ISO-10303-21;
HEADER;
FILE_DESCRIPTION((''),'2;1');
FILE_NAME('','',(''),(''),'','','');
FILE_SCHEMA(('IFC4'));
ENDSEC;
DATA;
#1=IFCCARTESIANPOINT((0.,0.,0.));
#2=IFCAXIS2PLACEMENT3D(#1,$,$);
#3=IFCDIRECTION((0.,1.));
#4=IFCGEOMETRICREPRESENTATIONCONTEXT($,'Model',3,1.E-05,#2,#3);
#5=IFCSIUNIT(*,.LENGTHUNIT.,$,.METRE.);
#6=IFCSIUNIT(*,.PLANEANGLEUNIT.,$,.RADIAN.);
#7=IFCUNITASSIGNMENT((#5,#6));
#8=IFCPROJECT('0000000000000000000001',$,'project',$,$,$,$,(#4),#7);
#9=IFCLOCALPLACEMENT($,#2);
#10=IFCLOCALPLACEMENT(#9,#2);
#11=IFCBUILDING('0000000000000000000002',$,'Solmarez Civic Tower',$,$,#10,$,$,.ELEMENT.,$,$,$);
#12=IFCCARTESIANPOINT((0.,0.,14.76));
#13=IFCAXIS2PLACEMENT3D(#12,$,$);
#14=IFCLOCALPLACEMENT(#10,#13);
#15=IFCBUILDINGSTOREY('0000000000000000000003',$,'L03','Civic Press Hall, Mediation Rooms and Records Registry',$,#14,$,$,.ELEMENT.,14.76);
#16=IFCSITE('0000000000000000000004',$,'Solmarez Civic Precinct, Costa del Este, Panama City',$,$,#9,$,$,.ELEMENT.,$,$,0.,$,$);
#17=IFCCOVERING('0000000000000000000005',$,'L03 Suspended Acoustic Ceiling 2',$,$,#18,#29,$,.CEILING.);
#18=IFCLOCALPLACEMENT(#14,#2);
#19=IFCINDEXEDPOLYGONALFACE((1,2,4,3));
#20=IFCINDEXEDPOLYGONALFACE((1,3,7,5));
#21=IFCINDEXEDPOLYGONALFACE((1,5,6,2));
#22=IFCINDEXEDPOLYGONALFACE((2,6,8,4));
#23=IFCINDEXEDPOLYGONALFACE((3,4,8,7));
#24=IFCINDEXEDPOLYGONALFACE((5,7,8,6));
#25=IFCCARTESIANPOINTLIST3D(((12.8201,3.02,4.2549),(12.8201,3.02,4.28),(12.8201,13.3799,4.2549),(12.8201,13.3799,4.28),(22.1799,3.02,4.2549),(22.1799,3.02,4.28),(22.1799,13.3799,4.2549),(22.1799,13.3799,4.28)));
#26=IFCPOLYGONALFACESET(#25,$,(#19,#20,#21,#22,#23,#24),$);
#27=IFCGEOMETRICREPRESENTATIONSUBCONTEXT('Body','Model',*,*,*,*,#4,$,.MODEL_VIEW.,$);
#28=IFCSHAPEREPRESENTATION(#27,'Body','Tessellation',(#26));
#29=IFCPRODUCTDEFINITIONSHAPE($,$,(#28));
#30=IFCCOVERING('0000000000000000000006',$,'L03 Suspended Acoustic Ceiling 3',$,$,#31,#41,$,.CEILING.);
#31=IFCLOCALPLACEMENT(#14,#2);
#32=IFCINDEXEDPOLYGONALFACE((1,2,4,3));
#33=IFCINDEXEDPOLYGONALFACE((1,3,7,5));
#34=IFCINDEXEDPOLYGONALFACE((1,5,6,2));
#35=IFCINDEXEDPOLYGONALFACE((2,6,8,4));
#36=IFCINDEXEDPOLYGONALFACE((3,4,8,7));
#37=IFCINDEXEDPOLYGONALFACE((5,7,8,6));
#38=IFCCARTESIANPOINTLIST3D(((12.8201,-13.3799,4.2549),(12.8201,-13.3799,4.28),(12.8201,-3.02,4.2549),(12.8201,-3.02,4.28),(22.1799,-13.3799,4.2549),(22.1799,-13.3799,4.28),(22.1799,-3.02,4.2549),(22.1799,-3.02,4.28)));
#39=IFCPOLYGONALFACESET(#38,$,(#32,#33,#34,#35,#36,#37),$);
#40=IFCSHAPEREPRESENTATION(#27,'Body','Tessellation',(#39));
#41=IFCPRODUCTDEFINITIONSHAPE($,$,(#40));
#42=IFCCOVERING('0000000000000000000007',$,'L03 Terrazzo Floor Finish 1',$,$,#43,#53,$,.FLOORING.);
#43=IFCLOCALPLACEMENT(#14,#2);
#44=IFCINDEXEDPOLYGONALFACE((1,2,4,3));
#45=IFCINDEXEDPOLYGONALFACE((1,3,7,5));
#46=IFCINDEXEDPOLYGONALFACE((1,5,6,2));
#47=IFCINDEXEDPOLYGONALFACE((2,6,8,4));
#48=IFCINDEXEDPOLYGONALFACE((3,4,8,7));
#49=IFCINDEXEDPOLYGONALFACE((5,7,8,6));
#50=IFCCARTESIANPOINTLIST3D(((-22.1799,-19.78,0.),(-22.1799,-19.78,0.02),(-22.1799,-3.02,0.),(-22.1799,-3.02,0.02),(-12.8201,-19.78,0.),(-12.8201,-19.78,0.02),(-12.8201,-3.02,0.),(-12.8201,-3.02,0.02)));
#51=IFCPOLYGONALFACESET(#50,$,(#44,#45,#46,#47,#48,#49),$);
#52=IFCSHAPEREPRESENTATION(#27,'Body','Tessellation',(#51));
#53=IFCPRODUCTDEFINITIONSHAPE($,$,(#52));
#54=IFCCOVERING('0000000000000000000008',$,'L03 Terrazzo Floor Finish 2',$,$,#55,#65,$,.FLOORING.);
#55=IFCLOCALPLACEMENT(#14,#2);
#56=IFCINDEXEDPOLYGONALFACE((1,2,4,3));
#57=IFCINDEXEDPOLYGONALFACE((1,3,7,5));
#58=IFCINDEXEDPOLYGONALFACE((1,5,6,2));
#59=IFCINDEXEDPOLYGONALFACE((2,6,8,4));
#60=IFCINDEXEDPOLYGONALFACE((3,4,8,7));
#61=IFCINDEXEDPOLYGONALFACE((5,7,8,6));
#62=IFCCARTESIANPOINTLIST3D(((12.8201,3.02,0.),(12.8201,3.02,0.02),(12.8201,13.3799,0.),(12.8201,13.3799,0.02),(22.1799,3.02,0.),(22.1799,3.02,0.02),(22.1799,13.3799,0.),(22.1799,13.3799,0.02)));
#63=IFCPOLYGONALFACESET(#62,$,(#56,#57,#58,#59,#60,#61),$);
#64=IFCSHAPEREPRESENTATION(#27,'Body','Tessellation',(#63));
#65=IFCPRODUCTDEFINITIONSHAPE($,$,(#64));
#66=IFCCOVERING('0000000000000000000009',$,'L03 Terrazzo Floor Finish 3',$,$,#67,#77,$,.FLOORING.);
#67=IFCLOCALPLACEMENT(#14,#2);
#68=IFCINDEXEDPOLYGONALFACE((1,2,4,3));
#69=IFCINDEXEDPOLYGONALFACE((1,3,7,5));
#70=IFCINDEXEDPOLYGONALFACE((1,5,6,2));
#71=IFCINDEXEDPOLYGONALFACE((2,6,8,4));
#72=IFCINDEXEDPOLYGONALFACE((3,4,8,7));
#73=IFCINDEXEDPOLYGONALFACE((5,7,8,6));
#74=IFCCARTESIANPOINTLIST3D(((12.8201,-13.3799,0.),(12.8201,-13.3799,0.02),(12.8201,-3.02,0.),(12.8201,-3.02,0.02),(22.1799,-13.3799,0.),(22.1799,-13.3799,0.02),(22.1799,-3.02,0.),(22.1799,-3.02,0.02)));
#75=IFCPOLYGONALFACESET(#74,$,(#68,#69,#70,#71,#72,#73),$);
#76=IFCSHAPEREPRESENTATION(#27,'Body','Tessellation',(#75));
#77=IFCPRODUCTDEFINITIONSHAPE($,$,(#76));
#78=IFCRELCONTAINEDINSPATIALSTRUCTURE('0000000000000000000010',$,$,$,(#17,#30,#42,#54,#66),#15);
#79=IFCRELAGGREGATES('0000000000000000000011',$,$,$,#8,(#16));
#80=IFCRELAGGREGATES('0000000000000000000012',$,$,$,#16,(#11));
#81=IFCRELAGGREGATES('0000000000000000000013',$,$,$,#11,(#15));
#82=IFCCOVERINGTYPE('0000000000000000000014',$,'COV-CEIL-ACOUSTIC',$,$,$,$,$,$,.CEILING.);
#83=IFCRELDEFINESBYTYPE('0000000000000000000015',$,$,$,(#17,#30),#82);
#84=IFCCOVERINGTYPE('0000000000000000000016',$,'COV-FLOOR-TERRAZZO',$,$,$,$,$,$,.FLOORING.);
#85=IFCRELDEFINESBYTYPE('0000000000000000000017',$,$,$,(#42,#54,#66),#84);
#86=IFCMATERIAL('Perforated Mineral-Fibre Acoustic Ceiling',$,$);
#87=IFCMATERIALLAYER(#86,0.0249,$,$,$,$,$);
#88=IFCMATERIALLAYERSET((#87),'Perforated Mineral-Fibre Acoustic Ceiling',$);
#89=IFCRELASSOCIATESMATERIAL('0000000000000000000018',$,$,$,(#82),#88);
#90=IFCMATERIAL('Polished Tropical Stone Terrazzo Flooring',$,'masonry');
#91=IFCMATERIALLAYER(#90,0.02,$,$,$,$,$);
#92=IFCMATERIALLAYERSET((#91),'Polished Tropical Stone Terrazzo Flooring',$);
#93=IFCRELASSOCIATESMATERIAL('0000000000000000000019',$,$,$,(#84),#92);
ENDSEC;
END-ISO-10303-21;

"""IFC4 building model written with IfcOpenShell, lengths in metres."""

from ifc_helpers import new_model, si_unit, direction, frame, origin, place, context, subcontext, project, spatial, polyline, outline, extrude, material, layer, layer_set, type_object, element, save


model = new_model("IFC4")

# Units and contexts
model_context = context("Model", 3, precision=1e-05, world=origin(), true_north=direction((0.0, 1.0)))
body_context = subcontext(model_context, "Body", "Model", "MODEL_VIEW")
ifc_project = project(units=[si_unit("LENGTHUNIT", "METRE"), si_unit("PLANEANGLEUNIT", "RADIAN")], contexts=[model_context])

# Site, building, storey
site_placement = place(None, origin())
site = spatial("IfcSite", under=ifc_project, at=site_placement, Name="Solmarez Civic Precinct, Costa del Este, Panama City", CompositionType="ELEMENT", RefElevation=0.0)
building_placement = place(site_placement, origin())
building = spatial("IfcBuilding", under=site, at=building_placement, Name="Solmarez Civic Tower", CompositionType="ELEMENT")
storey_placement = place(building_placement, frame((0.0, 0.0, 14.76)))
storey = spatial("IfcBuildingStorey", under=building, at=storey_placement, Name="L03", Description="Civic Press Hall, Mediation Rooms and Records Registry", CompositionType="ELEMENT", Elevation=14.76)

# Coverings
ifc_material_1 = material(Name="Perforated Mineral-Fibre Acoustic Ceiling")
ifc_layer_1 = layer(ifc_material_1, 0.0249)
ifc_layer_set_1 = layer_set([ifc_layer_1], Name="Perforated Mineral-Fibre Acoustic Ceiling")
covering_type_1 = type_object("IfcCoveringType", Name="COV-CEIL-ACOUSTIC", PredefinedType="CEILING", material=ifc_layer_set_1)
covering_1_placement = place(storey_placement, frame((0.0, 0.0, 4.2549)))
element("IfcCovering", 1, at=covering_1_placement, inside=storey, type_object=covering_type_1, Name="L03 Suspended Acoustic Ceiling 2", PredefinedType="CEILING", context=body_context, shape_type="SweptSolid", body=[
    extrude(outline(polyline([(22.1799, 3.02), (22.1799, 13.3799), (12.8201, 13.3799), (12.8201, 3.02), (22.1799, 3.02)])), origin(), (0.0, 0.0, 1.0), 0.0251),
])
covering_2_placement = place(storey_placement, frame((0.0, 0.0, 4.2549)))
element("IfcCovering", 2, at=covering_2_placement, inside=storey, type_object=covering_type_1, Name="L03 Suspended Acoustic Ceiling 3", PredefinedType="CEILING", context=body_context, shape_type="SweptSolid", body=[
    extrude(outline(polyline([(22.1799, -13.3799), (22.1799, -3.02), (12.8201, -3.02), (12.8201, -13.3799), (22.1799, -13.3799)])), origin(), (0.0, 0.0, 1.0), 0.0251),
])
ifc_material_2 = material(Name="Polished Tropical Stone Terrazzo Flooring", Category="masonry")
ifc_layer_2 = layer(ifc_material_2, 0.02)
ifc_layer_set_2 = layer_set([ifc_layer_2], Name="Polished Tropical Stone Terrazzo Flooring")
covering_type_2 = type_object("IfcCoveringType", Name="COV-FLOOR-TERRAZZO", PredefinedType="FLOORING", material=ifc_layer_set_2)
covering_3_placement = place(storey_placement, origin())
element("IfcCovering", 3, at=covering_3_placement, inside=storey, type_object=covering_type_2, Name="L03 Terrazzo Floor Finish 1", PredefinedType="FLOORING", context=body_context, shape_type="SweptSolid", body=[
    extrude(outline(polyline([(-12.8201, -19.78), (-12.8201, -3.02), (-22.1799, -3.02), (-22.1799, -19.78), (-12.8201, -19.78)])), origin(), (0.0, 0.0, 1.0), 0.02),
])
covering_4_placement = place(storey_placement, origin())
element("IfcCovering", 4, at=covering_4_placement, inside=storey, type_object=covering_type_2, Name="L03 Terrazzo Floor Finish 2", PredefinedType="FLOORING", context=body_context, shape_type="SweptSolid", body=[
    extrude(outline(polyline([(22.1799, 3.02), (22.1799, 13.3799), (12.8201, 13.3799), (12.8201, 3.02), (22.1799, 3.02)])), origin(), (0.0, 0.0, 1.0), 0.02),
])
covering_5_placement = place(storey_placement, origin())
element("IfcCovering", 5, at=covering_5_placement, inside=storey, type_object=covering_type_2, Name="L03 Terrazzo Floor Finish 3", PredefinedType="FLOORING", context=body_context, shape_type="SweptSolid", body=[
    extrude(outline(polyline([(22.1799, -13.3799), (22.1799, -3.02), (12.8201, -3.02), (12.8201, -13.3799), (22.1799, -13.3799)])), origin(), (0.0, 0.0, 1.0), 0.02),
])

save(model, "model.ifc")
